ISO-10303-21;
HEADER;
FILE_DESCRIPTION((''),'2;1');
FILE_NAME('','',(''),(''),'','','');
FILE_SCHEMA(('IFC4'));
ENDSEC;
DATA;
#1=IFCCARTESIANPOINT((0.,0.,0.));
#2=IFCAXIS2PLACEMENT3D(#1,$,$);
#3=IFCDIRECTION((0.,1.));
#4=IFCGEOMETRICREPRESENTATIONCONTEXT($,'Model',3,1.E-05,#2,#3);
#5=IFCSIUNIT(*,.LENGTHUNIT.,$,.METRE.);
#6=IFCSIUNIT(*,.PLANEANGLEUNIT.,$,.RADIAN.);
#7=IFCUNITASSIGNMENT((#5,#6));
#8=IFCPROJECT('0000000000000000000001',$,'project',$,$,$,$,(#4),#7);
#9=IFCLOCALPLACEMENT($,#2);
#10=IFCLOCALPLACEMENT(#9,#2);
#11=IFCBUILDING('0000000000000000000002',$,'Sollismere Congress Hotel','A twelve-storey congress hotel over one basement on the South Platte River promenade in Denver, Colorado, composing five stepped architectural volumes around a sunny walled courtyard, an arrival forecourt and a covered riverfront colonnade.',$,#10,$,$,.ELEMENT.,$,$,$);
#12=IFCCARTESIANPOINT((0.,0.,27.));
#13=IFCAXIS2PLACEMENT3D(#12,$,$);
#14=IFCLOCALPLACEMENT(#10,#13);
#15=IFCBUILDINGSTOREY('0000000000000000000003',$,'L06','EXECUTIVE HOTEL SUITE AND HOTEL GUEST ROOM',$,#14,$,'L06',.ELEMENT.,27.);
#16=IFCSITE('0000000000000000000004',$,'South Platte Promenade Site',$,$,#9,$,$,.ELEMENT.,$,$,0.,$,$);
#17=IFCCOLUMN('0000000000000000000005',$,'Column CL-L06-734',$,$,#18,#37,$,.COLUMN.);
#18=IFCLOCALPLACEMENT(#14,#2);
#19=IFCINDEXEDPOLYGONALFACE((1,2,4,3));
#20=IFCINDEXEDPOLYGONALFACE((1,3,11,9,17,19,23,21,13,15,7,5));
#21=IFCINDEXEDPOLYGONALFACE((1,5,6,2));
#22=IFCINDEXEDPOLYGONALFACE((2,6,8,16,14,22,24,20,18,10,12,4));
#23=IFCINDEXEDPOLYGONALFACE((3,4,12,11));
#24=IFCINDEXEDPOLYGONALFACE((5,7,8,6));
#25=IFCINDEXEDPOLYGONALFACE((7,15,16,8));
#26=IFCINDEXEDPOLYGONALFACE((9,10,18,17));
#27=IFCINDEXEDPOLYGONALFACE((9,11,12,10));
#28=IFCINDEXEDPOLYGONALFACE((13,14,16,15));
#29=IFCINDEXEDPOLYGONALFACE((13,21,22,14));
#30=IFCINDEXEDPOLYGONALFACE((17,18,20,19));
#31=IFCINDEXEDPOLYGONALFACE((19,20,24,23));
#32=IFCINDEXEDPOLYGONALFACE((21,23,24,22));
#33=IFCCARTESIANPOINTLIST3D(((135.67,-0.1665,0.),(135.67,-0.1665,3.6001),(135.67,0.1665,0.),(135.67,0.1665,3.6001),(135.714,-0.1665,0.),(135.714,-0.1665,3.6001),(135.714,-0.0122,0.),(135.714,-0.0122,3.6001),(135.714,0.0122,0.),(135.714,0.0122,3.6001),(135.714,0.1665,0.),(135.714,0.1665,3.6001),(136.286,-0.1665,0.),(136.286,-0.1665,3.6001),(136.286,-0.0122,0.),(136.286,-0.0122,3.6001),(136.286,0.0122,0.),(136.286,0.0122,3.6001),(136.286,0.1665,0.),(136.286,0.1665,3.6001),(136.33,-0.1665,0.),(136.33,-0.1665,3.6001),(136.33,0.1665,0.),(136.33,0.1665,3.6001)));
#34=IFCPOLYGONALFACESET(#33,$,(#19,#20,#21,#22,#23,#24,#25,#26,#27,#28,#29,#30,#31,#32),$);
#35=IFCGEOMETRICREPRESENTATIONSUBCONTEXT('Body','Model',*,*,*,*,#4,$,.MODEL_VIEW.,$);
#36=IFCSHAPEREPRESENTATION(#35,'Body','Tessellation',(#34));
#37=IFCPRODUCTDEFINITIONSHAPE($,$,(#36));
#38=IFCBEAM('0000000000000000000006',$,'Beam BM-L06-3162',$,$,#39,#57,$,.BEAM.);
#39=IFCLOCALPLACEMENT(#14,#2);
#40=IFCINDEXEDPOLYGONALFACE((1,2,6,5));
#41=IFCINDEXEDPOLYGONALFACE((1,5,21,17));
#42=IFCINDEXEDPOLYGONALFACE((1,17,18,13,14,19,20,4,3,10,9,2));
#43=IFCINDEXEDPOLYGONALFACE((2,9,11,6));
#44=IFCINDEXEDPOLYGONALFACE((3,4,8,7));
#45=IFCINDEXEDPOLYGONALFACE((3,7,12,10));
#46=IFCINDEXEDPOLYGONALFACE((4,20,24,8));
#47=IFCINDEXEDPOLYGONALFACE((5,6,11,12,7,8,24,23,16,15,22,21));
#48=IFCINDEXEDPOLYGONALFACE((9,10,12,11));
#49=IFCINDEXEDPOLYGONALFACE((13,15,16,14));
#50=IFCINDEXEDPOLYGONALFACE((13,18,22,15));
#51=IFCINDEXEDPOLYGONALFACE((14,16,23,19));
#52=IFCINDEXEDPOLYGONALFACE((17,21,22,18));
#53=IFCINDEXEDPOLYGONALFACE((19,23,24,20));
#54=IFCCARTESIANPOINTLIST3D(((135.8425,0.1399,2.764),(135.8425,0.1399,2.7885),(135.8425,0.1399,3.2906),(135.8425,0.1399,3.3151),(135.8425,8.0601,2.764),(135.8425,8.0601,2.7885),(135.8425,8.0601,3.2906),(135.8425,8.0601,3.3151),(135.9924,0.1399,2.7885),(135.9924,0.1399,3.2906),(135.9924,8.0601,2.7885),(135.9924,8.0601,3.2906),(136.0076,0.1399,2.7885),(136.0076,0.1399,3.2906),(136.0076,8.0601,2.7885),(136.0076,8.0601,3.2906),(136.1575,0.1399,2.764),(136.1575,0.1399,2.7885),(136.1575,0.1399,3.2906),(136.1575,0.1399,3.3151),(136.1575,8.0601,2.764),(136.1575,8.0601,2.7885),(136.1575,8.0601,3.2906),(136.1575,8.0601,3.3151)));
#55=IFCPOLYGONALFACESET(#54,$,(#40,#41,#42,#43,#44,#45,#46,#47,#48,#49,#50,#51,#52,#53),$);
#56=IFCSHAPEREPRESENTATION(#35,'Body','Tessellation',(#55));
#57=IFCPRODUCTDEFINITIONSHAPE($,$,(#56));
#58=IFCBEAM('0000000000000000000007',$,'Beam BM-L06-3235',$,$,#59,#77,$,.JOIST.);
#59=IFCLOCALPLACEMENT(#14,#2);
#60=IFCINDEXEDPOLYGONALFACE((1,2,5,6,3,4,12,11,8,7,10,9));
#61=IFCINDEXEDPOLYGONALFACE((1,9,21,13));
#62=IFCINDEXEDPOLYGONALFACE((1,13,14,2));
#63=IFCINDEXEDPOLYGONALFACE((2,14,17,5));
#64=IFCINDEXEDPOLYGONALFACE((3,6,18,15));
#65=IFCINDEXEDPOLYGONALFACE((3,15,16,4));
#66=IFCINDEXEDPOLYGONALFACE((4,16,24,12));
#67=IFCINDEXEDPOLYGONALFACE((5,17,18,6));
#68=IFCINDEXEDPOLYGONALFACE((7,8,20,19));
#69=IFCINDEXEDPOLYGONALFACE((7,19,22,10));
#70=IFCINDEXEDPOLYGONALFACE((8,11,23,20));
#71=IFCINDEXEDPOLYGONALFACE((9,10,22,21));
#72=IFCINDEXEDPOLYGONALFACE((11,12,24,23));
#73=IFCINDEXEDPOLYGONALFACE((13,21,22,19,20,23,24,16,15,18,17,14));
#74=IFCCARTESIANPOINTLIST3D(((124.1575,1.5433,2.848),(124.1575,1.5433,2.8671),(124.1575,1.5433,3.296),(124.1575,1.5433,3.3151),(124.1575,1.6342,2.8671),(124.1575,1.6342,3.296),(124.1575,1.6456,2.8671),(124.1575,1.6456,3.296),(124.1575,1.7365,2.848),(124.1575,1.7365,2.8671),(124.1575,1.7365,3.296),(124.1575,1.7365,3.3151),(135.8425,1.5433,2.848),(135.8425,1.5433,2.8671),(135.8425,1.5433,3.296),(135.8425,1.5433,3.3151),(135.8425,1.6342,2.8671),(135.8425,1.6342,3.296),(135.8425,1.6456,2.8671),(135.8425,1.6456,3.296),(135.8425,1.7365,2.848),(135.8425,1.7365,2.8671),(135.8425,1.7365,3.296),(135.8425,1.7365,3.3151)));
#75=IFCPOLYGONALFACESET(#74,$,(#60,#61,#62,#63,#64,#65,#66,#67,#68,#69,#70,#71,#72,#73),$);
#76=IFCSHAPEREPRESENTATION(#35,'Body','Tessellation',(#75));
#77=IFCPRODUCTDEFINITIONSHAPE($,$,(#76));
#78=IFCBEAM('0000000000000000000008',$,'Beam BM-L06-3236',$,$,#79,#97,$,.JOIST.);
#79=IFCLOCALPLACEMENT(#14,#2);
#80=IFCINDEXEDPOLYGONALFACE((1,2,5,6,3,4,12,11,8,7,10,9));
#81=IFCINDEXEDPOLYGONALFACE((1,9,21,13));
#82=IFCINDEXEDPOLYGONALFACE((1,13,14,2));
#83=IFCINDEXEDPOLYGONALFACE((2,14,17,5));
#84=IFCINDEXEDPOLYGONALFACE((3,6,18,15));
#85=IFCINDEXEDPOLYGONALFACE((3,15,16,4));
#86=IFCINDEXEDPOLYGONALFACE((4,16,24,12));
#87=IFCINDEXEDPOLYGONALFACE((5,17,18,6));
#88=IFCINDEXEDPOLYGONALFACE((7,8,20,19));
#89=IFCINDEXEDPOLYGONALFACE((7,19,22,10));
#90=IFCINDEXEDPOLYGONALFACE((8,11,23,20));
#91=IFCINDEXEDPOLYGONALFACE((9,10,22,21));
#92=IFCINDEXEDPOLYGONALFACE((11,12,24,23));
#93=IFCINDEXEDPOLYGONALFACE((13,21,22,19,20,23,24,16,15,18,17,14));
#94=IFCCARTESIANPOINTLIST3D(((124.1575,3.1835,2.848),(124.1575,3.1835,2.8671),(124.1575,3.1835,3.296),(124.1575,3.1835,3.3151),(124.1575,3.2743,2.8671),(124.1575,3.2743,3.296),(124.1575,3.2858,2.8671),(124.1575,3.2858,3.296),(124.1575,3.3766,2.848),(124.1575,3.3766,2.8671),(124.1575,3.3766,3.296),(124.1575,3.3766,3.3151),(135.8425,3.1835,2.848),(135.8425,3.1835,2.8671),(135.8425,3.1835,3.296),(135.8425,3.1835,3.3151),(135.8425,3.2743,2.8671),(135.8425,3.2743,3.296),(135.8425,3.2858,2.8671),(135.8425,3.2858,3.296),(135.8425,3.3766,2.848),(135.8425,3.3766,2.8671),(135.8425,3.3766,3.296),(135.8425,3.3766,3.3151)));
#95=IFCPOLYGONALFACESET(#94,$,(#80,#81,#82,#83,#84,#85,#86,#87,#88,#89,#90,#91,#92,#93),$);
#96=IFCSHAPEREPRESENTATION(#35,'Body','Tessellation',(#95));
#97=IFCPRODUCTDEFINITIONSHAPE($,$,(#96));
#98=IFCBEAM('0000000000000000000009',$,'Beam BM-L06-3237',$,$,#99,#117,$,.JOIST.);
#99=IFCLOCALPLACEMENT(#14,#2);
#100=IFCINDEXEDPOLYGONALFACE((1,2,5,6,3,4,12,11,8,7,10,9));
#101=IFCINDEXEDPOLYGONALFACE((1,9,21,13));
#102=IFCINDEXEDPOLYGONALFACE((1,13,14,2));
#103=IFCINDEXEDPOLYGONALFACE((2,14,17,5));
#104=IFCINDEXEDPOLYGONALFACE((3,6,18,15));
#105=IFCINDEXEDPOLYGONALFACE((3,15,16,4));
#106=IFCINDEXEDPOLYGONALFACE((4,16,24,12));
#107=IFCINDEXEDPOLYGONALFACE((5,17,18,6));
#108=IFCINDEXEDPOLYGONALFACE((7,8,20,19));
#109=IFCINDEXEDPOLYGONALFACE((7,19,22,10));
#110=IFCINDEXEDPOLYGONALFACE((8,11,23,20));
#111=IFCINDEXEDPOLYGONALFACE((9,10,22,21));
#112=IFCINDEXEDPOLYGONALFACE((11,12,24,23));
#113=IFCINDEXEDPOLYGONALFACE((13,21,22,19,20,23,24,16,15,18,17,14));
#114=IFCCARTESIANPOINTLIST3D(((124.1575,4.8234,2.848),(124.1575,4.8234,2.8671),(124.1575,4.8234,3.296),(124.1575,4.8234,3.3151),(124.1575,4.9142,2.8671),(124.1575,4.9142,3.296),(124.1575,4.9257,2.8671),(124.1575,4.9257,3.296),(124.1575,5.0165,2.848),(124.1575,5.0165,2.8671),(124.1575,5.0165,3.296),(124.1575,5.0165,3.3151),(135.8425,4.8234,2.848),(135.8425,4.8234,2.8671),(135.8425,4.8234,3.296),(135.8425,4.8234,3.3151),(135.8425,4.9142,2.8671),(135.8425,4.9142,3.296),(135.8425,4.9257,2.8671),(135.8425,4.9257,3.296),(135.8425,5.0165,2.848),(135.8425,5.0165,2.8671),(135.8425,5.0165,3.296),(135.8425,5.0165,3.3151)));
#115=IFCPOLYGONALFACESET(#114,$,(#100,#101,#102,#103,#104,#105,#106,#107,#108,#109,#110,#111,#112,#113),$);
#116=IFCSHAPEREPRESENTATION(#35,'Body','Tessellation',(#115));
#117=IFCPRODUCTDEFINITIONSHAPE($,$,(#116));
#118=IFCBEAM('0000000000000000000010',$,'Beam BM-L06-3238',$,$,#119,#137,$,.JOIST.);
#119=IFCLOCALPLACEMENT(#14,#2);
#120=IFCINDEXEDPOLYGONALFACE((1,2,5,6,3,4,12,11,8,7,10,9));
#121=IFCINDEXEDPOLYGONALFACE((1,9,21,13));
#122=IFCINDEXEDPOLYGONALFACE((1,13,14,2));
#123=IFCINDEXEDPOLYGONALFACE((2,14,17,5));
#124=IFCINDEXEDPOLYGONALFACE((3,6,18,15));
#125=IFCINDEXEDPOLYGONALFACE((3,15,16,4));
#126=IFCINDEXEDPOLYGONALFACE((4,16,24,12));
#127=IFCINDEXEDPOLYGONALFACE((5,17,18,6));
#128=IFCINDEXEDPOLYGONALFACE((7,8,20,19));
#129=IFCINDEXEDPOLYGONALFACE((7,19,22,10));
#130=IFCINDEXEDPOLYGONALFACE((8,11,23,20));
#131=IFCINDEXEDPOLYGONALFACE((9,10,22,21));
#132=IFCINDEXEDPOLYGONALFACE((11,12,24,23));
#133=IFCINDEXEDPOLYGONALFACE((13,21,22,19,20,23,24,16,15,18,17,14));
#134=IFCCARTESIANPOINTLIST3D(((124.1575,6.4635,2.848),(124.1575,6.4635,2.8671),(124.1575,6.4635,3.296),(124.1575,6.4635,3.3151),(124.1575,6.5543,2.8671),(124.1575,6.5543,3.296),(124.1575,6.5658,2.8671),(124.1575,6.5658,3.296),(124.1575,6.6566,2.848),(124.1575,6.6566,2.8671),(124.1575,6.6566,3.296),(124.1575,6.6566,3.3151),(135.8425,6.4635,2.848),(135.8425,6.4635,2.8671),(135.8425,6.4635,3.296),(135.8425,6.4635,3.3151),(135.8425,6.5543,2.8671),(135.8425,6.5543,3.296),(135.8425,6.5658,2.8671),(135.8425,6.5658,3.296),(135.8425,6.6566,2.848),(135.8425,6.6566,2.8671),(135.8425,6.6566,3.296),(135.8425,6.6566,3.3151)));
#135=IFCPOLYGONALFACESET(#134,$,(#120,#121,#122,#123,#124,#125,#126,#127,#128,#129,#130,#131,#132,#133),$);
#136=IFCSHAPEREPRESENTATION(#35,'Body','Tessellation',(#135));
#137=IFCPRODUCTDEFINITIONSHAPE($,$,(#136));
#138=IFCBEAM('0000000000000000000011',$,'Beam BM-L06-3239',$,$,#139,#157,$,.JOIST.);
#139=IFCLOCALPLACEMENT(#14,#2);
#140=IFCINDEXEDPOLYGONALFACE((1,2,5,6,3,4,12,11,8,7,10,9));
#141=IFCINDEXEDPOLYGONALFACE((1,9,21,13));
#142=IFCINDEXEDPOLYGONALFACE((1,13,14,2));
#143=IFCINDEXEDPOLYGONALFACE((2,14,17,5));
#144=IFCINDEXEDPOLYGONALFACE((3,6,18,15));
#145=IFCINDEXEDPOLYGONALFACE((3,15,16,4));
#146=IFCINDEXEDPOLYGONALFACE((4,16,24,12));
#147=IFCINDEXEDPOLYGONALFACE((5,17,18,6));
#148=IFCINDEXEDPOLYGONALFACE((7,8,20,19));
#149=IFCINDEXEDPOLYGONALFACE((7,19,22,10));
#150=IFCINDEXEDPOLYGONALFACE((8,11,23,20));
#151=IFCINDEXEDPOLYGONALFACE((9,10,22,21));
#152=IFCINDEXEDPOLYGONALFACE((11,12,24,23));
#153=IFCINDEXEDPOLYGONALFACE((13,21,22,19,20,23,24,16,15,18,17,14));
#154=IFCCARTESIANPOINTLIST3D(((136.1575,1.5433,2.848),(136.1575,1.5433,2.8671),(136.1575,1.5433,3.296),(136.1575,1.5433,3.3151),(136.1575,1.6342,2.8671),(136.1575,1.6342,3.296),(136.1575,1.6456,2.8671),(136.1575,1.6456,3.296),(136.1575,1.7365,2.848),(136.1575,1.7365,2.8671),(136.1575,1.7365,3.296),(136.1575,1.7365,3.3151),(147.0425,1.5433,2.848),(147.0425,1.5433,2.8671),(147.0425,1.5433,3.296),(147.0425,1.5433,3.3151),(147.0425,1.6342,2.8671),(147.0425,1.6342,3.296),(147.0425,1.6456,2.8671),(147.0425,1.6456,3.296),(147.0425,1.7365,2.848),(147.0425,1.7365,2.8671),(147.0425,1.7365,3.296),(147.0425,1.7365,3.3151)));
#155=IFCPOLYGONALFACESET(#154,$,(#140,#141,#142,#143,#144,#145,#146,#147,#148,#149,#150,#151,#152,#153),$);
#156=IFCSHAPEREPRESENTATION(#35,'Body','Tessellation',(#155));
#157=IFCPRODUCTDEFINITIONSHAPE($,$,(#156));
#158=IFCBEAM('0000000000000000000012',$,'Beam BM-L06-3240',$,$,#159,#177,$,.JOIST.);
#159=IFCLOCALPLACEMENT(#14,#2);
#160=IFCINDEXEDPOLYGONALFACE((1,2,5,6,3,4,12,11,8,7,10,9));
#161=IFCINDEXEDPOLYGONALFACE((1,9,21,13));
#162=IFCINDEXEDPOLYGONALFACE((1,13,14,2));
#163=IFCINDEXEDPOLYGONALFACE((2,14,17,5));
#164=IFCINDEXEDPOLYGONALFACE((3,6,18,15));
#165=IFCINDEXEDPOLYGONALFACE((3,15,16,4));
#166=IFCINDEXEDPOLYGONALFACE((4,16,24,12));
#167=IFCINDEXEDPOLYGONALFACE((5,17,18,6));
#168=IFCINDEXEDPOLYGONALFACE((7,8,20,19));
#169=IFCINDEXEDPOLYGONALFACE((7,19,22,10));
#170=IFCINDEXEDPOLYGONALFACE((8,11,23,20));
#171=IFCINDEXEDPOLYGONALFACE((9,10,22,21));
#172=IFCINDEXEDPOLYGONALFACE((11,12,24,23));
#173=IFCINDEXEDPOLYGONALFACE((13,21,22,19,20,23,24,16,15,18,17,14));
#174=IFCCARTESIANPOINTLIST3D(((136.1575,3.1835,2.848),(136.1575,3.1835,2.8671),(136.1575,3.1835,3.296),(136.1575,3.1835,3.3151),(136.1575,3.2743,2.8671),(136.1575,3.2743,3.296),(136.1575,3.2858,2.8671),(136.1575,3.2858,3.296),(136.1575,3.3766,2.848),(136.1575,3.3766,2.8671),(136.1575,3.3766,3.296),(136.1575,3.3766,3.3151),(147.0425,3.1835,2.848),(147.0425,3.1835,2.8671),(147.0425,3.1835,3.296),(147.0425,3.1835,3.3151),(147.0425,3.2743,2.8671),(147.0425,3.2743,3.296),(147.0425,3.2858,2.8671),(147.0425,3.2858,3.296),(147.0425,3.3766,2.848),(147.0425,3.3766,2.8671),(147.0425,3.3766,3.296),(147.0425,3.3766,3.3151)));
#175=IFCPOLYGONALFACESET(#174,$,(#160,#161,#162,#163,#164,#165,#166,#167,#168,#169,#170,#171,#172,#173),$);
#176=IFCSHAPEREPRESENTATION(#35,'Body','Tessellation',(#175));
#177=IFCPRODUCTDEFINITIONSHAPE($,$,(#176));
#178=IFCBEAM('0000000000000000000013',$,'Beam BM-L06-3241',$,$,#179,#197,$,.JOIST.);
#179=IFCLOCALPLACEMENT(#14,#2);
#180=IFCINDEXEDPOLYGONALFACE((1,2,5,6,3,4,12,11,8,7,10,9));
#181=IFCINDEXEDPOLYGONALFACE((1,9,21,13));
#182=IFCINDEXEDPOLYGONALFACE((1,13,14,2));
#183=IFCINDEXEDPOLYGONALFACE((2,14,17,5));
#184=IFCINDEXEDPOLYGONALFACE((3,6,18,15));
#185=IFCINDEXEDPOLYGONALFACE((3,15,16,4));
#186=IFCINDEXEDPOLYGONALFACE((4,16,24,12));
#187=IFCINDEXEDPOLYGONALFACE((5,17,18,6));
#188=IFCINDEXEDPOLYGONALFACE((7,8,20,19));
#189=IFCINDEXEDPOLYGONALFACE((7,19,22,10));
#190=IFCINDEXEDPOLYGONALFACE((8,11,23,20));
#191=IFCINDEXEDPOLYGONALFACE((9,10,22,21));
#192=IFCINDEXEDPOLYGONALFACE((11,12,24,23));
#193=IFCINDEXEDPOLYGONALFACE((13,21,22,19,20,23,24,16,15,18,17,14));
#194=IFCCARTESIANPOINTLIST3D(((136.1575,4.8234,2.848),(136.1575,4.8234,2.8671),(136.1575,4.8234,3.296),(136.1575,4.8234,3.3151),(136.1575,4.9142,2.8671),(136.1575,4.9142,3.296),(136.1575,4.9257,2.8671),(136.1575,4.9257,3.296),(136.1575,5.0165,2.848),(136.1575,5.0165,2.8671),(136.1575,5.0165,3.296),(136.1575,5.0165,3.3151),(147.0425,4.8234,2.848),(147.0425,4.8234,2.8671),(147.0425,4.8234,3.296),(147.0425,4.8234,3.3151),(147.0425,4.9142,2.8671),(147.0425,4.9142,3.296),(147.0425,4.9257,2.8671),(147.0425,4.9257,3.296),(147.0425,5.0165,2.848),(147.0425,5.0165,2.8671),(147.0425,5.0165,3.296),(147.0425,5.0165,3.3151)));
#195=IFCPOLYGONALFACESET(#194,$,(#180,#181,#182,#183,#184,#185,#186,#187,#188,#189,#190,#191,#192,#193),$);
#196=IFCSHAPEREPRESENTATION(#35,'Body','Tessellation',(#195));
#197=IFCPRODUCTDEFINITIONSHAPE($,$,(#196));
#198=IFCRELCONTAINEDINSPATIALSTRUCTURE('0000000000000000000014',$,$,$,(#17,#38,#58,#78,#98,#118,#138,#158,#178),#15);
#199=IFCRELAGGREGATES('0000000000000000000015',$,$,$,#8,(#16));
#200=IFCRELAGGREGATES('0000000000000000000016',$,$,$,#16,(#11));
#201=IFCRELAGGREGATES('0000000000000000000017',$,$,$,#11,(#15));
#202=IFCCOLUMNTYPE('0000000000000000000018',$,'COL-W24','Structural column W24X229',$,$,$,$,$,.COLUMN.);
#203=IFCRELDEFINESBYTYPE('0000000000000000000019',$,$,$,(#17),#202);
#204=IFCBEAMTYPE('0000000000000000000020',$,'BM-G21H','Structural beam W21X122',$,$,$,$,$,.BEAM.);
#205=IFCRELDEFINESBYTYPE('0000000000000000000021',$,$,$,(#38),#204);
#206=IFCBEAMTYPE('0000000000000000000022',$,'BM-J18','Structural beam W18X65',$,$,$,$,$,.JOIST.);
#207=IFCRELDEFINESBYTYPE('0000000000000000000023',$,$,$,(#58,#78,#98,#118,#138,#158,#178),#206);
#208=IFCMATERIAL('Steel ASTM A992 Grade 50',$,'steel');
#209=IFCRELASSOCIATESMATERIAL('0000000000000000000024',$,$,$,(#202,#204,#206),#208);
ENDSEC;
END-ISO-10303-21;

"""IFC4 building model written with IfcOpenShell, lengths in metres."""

from ifc_helpers import new_model, si_unit, direction, frame, origin, origin_2d, place, context, subcontext, project, spatial, i_section, extrude, material, material_profile, profile_set, type_object, element, save


model = new_model("IFC4")

# Units and contexts
model_context = context("Model", 3, precision=1e-05, world=origin(), true_north=direction((0.0, 1.0)))
body_context = subcontext(model_context, "Body", "Model", "MODEL_VIEW")
ifc_project = project(units=[si_unit("LENGTHUNIT", "METRE"), si_unit("PLANEANGLEUNIT", "RADIAN")], contexts=[model_context])

# Site, building, storey
site_placement = place(None, origin())
site = spatial("IfcSite", under=ifc_project, at=site_placement, Name="South Platte Promenade Site", CompositionType="ELEMENT", RefElevation=0.0)
building_placement = place(site_placement, origin())
building = spatial("IfcBuilding", under=site, at=building_placement, Name="Sollismere Congress Hotel", Description="A twelve-storey congress hotel over one basement on the South Platte River promenade in Denver, Colorado, composing five stepped architectural volumes around a sunny walled courtyard, an arrival forecourt and a covered riverfront colonnade.", CompositionType="ELEMENT")
storey_placement = place(building_placement, frame((0.0, 0.0, 27.0)))
storey = spatial("IfcBuildingStorey", under=building, at=storey_placement, Name="L06", Description="EXECUTIVE HOTEL SUITE AND HOTEL GUEST ROOM", LongName="L06", CompositionType="ELEMENT", Elevation=27.0)

# Column
ifc_material_1 = material(Name="Steel ASTM A992 Grade 50", Category="steel")
ifc_material_profile_1 = material_profile(ifc_material_1, i_section(OverallWidth=0.333, OverallDepth=0.6599, WebThickness=0.0244, FlangeThickness=0.0439, at=origin_2d()), Name="W24X229")
ifc_profile_set_1 = profile_set([ifc_material_profile_1], Name="Steel ASTM A992 Grade 50")
column_type = type_object("IfcColumnType", Name="COL-W24", Description="Structural column W24X229", PredefinedType="COLUMN", material=ifc_profile_set_1)
column_placement = place(storey_placement, frame((136.0, 0.0, 0.0), z_axis=(0.0, 0.0, 1.0), x_axis=(0.0, 1.0, 0.0)))
element("IfcColumn", 1, at=column_placement, inside=storey, type_object=column_type, Name="Column CL-L06-734", PredefinedType="COLUMN", context=body_context, shape_type="SweptSolid", body=[
    extrude(i_section(OverallWidth=0.333, OverallDepth=0.6599, WebThickness=0.0244, FlangeThickness=0.0439, at=origin_2d()), origin(), (0.0, 0.0, 1.0), 3.6001),
])

# Beams
ifc_material_profile_2 = material_profile(ifc_material_1, i_section(OverallWidth=0.3149, OverallDepth=0.551, WebThickness=0.0151, FlangeThickness=0.0244, at=origin_2d()), Name="W21X122")
ifc_profile_set_2 = profile_set([ifc_material_profile_2], Name="Steel ASTM A992 Grade 50")
beam_type_1 = type_object("IfcBeamType", Name="BM-G21H", Description="Structural beam W21X122", PredefinedType="BEAM", material=ifc_profile_set_2)
beam_1_placement = place(storey_placement, frame((136.0, 0.1399, 3.0396), z_axis=(0.0, 1.0, 0.0), x_axis=(-1.0, 0.0, 0.0)))
element("IfcBeam", 2, at=beam_1_placement, inside=storey, type_object=beam_type_1, Name="Beam BM-L06-3162", PredefinedType="BEAM", context=body_context, shape_type="SweptSolid", body=[
    extrude(i_section(OverallWidth=0.3149, OverallDepth=0.551, WebThickness=0.0151, FlangeThickness=0.0244, at=origin_2d()), origin(), (0.0, 0.0, 1.0), 7.9202),
])
ifc_material_profile_3 = material_profile(ifc_material_1, i_section(OverallWidth=0.1931, OverallDepth=0.467, WebThickness=0.0115, FlangeThickness=0.019, at=origin_2d()), Name="W18X65")
ifc_profile_set_3 = profile_set([ifc_material_profile_3], Name="Steel ASTM A992 Grade 50")
beam_type_2 = type_object("IfcBeamType", Name="BM-J18", Description="Structural beam W18X65", PredefinedType="JOIST", material=ifc_profile_set_3)
for number, where, z_axis, x_axis, name in (
    (3, (124.1575, 1.6399, 3.0815), (1.0, 0.0, 0.0), (0.0, 1.0, 0.0), "Beam BM-L06-3235"),
    (4, (124.1575, 3.28, 3.0815), (1.0, 0.0, 0.0), (0.0, 1.0, 0.0), "Beam BM-L06-3236"),
    (5, (124.1575, 4.9199, 3.0815), (1.0, 0.0, 0.0), (0.0, 1.0, 0.0), "Beam BM-L06-3237"),
    (6, (124.1575, 6.5601, 3.0815), (1.0, 0.0, 0.0), (0.0, 1.0, 0.0), "Beam BM-L06-3238"),
):
    element("IfcBeam", number, at=place(storey_placement, frame(where, z_axis=z_axis, x_axis=x_axis)), inside=storey, type_object=beam_type_2, Name=name, PredefinedType="JOIST", context=body_context, shape_type="SweptSolid", body=[
        extrude(i_section(OverallWidth=0.1931, OverallDepth=0.467, WebThickness=0.0115, FlangeThickness=0.019, at=origin_2d()), origin(), (0.0, 0.0, 1.0), 11.6851),
    ])
for number, where, z_axis, x_axis, name in (
    (7, (136.1575, 1.6399, 3.0815), (1.0, 0.0, 0.0), (0.0, 1.0, 0.0), "Beam BM-L06-3239"),
    (8, (136.1575, 3.28, 3.0815), (1.0, 0.0, 0.0), (0.0, 1.0, 0.0), "Beam BM-L06-3240"),
    (9, (136.1575, 4.9199, 3.0815), (1.0, 0.0, 0.0), (0.0, 1.0, 0.0), "Beam BM-L06-3241"),
):
    element("IfcBeam", number, at=place(storey_placement, frame(where, z_axis=z_axis, x_axis=x_axis)), inside=storey, type_object=beam_type_2, Name=name, PredefinedType="JOIST", context=body_context, shape_type="SweptSolid", body=[
        extrude(i_section(OverallWidth=0.1931, OverallDepth=0.467, WebThickness=0.0115, FlangeThickness=0.019, at=origin_2d()), origin(), (0.0, 0.0, 1.0), 10.885),
    ])

save(model, "model.ifc")
